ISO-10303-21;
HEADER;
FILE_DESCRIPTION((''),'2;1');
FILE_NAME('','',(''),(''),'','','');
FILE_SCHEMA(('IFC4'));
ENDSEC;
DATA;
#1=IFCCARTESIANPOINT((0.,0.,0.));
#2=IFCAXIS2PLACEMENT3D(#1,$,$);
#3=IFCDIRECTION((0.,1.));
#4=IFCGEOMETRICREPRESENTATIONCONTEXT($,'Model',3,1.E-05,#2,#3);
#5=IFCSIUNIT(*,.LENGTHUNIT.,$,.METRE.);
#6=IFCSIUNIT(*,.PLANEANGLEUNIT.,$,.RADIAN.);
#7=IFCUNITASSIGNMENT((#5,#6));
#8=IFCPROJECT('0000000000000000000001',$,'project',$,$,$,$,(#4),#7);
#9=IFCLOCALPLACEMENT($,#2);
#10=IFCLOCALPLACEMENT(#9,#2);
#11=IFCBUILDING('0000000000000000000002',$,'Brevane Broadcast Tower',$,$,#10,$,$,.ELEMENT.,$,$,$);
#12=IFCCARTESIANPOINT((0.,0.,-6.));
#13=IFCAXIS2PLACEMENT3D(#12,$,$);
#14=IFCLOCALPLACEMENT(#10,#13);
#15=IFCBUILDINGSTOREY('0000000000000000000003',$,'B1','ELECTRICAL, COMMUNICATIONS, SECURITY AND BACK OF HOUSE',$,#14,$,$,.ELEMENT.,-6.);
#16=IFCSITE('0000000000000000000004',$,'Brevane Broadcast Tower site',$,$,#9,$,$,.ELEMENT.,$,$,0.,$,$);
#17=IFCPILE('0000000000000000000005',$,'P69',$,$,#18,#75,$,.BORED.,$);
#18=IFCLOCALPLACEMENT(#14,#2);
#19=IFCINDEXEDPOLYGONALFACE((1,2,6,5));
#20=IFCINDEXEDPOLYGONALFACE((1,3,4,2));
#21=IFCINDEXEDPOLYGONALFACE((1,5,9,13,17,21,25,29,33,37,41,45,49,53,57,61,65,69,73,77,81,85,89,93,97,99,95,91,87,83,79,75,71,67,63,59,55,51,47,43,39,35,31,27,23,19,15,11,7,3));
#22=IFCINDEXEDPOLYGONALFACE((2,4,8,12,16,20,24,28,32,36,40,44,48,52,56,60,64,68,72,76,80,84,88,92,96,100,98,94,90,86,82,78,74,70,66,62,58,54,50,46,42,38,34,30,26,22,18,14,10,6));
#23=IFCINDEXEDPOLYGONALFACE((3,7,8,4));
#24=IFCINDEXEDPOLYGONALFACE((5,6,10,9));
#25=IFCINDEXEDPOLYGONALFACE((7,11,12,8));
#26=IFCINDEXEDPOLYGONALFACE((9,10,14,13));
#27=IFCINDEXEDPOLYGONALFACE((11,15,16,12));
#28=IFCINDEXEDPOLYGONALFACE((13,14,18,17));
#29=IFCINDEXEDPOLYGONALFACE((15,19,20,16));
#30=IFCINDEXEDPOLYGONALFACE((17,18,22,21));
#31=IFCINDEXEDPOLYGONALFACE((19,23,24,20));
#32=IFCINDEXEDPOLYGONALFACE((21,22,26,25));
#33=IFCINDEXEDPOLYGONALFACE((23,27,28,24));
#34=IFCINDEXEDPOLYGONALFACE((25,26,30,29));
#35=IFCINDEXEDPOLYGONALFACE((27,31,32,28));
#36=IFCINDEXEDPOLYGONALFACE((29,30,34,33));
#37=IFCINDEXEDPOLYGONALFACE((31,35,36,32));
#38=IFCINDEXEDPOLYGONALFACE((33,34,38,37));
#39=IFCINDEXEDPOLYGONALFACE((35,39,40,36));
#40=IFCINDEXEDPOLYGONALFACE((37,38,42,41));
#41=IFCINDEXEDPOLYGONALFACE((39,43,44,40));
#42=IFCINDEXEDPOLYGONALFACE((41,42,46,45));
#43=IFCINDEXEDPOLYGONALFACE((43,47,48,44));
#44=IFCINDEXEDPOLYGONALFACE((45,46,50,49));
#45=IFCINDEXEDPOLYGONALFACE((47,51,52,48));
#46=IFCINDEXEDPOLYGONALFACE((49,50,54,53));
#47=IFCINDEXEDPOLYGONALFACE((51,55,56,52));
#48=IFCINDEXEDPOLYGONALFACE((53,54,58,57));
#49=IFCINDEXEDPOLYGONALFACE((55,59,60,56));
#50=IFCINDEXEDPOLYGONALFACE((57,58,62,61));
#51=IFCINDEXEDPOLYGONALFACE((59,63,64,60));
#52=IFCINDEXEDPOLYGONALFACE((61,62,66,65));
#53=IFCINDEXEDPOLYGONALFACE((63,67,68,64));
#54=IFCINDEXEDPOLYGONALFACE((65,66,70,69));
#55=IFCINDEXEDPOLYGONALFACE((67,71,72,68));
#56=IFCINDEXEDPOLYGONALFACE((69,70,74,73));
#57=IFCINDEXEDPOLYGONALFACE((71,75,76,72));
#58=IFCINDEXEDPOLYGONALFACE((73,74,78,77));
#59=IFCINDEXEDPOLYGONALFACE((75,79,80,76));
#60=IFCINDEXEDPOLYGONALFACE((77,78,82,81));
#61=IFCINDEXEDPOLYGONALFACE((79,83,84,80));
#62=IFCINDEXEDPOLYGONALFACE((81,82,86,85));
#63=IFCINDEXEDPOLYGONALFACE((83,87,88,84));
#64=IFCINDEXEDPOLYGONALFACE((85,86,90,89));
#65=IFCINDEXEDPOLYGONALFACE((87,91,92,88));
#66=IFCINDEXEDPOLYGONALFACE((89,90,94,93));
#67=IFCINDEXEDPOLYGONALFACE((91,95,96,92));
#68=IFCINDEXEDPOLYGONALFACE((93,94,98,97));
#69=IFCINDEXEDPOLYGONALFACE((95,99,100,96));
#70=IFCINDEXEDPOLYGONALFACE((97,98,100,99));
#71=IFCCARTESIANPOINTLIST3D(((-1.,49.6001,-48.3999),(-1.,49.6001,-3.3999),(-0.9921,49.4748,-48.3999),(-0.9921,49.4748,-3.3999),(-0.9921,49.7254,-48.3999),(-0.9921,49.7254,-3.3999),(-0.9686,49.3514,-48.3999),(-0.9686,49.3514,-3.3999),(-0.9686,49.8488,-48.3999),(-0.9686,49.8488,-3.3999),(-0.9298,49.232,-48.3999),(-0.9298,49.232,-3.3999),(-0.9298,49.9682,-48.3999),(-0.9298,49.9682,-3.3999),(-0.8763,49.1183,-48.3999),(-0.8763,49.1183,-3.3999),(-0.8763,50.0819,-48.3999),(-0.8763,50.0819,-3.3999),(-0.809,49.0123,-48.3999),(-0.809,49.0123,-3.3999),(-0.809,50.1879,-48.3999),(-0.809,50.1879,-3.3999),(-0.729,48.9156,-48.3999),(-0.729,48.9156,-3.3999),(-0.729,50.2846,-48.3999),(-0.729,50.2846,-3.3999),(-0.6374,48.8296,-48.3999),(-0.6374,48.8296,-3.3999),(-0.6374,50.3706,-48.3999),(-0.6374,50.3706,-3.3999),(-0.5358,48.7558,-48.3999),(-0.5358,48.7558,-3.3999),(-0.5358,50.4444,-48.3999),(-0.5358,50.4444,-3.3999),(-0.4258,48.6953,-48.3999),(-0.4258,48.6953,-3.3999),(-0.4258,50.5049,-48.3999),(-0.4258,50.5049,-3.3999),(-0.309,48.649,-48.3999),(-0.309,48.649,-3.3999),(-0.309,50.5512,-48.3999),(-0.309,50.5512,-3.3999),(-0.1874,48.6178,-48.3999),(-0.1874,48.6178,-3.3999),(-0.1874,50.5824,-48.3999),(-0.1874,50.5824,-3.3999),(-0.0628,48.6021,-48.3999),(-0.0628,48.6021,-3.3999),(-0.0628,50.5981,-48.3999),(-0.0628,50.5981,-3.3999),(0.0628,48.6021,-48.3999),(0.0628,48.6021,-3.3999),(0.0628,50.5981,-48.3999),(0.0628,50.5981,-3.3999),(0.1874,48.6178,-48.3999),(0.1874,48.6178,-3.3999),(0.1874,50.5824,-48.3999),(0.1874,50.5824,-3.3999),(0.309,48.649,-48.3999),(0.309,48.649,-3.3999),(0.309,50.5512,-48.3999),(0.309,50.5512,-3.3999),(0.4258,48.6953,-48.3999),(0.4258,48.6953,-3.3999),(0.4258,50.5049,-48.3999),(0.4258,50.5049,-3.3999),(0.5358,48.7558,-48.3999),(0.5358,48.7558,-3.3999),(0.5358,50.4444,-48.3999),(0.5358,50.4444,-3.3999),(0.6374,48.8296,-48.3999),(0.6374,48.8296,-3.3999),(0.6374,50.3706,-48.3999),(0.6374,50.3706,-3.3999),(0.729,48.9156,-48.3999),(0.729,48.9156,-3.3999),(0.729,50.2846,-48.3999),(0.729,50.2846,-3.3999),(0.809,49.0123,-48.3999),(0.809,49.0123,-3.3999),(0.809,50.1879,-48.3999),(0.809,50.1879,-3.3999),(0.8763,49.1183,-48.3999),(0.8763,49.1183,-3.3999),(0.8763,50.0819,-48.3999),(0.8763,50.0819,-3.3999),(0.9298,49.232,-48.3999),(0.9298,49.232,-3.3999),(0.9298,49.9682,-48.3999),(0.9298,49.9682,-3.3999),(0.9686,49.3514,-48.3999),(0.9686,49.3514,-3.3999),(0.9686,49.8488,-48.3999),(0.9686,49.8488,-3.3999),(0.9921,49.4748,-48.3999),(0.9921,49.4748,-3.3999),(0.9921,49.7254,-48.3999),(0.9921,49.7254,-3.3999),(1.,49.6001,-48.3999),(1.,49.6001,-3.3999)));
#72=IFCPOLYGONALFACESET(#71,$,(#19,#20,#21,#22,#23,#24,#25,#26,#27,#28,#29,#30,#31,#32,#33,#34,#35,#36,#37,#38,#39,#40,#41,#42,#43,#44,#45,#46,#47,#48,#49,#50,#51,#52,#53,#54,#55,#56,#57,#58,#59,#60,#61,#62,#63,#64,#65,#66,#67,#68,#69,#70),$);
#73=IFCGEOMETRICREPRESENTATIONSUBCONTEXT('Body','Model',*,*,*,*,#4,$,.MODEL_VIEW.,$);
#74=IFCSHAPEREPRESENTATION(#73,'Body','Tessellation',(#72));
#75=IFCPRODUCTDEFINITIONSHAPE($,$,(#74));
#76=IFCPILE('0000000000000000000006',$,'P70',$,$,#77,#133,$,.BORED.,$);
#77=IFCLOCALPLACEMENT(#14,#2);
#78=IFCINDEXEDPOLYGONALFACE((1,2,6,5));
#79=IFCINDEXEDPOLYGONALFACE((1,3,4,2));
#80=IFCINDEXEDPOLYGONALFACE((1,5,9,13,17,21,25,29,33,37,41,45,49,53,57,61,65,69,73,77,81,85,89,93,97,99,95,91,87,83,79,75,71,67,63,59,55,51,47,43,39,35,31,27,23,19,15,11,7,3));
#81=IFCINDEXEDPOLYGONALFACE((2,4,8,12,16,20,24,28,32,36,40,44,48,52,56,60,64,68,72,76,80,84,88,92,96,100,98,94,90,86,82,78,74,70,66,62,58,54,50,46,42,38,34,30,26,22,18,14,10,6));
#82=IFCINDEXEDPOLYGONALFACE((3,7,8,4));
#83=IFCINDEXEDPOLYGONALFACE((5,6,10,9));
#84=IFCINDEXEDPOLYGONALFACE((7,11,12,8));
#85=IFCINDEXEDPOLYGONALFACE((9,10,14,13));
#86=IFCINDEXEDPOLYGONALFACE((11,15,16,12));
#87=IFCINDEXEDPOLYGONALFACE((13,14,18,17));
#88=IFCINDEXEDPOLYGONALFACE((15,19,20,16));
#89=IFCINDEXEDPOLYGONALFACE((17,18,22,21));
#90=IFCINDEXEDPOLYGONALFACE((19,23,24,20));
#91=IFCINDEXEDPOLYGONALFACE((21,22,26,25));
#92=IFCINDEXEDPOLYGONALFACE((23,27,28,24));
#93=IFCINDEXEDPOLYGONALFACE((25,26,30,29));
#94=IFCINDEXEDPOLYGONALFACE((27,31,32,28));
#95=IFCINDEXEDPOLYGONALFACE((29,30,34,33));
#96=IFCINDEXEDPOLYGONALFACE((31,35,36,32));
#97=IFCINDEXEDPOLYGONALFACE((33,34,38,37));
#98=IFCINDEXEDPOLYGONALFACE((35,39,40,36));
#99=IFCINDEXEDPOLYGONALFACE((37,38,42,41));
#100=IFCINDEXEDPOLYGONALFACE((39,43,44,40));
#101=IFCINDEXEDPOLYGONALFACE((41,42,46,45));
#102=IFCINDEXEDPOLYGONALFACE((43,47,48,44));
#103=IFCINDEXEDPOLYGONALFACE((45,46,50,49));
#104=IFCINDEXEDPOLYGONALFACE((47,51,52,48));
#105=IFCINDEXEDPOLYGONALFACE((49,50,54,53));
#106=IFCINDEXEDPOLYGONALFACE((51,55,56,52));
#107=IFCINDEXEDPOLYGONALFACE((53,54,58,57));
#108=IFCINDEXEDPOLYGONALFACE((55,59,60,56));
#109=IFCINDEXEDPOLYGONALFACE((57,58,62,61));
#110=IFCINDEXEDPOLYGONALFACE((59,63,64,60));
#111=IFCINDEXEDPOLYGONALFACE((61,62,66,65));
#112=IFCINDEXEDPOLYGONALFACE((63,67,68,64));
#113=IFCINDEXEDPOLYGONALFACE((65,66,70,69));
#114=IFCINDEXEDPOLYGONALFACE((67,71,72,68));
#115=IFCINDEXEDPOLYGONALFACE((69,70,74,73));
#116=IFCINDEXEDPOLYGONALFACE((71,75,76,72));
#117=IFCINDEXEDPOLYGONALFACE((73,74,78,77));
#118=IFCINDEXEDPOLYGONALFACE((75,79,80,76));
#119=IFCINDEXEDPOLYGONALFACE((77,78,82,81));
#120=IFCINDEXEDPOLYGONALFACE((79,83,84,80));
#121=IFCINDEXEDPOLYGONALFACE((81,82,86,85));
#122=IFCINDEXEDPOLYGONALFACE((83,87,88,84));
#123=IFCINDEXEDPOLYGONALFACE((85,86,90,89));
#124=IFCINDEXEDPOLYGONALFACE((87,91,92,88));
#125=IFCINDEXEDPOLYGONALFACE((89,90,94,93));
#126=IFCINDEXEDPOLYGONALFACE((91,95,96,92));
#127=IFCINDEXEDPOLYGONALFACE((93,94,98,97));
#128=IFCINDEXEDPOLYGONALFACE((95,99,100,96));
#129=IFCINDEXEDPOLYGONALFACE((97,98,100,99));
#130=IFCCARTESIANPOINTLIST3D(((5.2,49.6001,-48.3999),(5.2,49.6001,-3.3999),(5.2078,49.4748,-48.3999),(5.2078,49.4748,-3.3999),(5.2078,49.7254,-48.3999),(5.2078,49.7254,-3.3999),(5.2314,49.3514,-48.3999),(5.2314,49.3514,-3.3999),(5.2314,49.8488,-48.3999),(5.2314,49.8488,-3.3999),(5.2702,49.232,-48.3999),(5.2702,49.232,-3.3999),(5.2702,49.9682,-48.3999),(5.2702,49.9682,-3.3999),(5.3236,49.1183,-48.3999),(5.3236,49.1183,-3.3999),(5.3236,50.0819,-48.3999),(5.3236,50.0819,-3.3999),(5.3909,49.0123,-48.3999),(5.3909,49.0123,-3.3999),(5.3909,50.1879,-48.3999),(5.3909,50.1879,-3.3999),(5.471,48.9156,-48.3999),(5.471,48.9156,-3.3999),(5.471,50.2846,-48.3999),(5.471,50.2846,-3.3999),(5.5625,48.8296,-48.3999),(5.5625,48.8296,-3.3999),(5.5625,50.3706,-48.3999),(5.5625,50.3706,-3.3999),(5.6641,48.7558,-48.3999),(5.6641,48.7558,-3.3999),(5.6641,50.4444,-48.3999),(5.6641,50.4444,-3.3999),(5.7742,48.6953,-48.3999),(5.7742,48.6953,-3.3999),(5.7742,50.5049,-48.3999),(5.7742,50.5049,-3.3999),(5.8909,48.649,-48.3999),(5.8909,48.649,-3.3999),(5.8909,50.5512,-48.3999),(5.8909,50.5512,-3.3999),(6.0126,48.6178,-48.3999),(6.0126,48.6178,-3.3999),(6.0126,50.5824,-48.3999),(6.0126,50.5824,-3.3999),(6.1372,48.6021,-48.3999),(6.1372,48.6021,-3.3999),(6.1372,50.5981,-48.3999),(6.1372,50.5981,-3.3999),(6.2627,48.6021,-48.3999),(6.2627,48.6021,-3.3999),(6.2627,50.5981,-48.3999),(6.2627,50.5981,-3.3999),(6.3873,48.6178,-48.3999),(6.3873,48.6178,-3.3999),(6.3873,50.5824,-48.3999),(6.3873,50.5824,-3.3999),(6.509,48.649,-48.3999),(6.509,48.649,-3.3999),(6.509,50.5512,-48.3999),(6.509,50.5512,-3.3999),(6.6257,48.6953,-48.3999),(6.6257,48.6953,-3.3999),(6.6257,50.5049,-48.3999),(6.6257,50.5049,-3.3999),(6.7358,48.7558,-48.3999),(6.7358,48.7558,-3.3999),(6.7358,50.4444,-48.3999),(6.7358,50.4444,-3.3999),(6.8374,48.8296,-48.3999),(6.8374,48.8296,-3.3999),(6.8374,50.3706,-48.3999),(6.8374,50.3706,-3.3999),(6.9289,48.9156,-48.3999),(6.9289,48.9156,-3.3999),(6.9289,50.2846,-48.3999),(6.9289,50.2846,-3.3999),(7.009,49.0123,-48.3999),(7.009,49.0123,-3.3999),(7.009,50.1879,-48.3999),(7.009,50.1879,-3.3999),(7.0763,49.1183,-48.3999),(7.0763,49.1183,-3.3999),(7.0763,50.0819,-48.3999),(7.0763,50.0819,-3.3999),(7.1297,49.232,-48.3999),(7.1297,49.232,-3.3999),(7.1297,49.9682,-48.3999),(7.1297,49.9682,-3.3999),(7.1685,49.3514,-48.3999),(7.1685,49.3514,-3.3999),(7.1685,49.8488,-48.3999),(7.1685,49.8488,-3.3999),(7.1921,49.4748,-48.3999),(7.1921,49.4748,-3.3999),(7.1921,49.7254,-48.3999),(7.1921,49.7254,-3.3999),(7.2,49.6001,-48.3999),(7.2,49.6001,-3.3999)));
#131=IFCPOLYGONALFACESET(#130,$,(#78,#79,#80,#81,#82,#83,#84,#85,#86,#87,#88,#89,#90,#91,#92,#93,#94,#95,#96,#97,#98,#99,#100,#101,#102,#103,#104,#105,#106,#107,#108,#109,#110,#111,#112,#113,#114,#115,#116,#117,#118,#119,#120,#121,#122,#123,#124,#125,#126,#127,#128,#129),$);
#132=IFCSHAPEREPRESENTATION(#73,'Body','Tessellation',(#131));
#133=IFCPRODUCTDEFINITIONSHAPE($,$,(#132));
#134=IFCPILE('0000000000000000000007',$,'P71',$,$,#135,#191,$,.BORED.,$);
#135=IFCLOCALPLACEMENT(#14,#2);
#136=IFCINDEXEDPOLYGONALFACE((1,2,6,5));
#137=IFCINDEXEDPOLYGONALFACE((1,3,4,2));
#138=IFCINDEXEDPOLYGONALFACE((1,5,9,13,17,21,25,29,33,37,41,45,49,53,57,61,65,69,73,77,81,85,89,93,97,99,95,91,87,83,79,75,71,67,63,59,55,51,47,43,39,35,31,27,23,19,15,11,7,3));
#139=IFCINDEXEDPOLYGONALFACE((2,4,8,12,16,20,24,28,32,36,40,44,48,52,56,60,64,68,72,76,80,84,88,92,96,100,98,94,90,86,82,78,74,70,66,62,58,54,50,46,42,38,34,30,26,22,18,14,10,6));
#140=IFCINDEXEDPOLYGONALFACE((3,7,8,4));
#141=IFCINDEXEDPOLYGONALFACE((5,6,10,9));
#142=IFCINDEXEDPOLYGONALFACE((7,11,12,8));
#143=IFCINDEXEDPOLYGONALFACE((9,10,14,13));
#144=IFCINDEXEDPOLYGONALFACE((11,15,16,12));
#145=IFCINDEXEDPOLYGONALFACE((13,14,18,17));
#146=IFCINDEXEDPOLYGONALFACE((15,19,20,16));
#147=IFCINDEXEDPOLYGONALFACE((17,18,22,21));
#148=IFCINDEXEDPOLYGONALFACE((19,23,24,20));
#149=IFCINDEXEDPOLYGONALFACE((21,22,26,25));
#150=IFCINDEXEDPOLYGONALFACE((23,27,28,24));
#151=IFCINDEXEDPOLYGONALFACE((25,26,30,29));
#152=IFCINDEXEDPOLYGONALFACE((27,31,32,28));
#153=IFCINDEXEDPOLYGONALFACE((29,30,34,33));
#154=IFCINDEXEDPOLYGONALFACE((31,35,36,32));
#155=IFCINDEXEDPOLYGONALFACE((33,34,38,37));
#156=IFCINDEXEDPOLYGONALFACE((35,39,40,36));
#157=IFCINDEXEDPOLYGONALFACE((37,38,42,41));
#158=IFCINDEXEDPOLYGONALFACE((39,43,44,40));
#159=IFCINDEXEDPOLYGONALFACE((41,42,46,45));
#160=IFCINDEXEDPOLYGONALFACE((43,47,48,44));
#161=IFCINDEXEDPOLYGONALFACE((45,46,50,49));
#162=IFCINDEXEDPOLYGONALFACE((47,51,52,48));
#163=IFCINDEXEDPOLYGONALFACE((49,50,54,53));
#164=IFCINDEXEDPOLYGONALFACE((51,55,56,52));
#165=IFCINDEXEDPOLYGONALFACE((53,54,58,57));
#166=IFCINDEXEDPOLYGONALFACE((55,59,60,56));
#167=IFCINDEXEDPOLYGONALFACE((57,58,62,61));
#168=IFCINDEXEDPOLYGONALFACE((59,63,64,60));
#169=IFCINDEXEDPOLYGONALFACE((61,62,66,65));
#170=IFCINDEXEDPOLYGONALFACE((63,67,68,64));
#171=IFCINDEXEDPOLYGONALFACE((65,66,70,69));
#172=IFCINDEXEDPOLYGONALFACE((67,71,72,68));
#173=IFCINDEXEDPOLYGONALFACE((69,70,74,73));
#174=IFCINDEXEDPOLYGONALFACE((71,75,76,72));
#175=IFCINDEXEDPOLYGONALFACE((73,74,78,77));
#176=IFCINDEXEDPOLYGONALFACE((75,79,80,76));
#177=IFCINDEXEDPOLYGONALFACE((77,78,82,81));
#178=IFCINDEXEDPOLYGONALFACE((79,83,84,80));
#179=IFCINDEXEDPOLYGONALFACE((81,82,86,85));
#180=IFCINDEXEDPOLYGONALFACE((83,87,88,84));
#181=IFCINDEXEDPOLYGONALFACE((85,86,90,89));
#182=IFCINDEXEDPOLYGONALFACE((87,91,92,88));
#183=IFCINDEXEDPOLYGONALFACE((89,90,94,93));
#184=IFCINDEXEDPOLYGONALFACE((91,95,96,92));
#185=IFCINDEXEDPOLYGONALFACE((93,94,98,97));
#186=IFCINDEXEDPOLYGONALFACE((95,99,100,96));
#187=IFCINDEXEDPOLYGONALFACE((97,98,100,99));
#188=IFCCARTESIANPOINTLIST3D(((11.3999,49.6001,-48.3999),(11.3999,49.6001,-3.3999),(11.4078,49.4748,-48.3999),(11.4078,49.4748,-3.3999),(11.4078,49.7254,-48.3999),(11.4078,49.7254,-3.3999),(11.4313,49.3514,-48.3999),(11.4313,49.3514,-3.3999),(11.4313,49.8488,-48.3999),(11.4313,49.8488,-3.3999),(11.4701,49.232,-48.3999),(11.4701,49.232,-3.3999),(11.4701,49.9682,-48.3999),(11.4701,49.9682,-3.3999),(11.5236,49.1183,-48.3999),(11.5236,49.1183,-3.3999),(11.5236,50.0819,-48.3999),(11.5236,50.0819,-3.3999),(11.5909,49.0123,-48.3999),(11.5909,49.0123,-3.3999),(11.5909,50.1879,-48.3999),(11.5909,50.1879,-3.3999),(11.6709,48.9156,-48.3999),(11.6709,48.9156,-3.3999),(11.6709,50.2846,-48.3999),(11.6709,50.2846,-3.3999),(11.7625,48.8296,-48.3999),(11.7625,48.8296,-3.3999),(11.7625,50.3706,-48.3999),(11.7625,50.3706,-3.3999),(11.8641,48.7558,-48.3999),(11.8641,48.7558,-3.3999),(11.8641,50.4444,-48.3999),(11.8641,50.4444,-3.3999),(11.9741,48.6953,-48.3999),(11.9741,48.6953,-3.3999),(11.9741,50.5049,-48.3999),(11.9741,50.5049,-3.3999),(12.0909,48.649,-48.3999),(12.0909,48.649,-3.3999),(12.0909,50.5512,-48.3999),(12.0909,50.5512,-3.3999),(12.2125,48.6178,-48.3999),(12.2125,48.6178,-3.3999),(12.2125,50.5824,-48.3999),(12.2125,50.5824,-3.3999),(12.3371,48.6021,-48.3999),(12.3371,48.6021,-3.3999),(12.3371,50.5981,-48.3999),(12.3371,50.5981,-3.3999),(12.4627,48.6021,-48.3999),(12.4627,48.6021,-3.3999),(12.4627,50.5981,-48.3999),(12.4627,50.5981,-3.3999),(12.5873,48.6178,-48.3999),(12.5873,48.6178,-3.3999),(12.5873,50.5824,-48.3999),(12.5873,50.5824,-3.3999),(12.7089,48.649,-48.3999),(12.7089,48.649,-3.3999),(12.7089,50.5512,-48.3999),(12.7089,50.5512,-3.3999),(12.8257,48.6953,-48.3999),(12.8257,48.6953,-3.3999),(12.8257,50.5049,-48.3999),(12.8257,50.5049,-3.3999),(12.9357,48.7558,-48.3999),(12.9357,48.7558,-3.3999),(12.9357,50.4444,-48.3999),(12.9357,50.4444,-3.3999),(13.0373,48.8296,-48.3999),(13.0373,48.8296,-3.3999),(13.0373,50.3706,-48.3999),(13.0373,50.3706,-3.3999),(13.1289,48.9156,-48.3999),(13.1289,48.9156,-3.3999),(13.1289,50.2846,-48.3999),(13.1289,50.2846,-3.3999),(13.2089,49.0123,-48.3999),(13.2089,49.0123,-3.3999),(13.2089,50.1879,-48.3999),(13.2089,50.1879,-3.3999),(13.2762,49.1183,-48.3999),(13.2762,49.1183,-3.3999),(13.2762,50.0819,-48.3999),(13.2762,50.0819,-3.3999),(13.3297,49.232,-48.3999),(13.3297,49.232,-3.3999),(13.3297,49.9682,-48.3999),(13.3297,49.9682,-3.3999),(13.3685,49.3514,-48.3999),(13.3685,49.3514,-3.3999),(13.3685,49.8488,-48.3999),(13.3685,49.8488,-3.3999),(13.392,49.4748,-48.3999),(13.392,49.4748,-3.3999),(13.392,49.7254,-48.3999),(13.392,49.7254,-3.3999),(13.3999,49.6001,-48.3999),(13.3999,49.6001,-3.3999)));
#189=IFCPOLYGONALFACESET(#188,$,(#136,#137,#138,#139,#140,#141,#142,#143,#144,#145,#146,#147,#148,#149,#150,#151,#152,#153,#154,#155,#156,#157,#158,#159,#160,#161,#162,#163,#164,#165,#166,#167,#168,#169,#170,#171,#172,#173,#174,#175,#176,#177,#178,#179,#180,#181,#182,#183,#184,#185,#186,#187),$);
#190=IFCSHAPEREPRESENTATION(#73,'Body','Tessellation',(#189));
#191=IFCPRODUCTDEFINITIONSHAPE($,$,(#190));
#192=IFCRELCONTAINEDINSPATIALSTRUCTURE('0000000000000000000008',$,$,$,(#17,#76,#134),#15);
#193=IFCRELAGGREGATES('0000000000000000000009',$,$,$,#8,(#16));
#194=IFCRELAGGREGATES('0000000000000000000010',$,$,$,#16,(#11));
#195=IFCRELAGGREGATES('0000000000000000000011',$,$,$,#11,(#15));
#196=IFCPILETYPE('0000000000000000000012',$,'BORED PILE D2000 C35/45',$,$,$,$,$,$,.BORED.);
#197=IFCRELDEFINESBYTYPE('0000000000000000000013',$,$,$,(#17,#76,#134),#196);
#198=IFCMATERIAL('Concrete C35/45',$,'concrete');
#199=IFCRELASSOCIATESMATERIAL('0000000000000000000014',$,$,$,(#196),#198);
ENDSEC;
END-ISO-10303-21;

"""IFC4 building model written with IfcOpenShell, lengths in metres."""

from ifc_helpers import new_model, si_unit, direction, frame, origin, origin_2d, place, context, subcontext, project, spatial, circle, extrude, material, material_profile, profile_set, type_object, element, save


model = new_model("IFC4")

# Units and contexts
model_context = context("Model", 3, precision=1e-05, world=origin(), true_north=direction((0.0, 1.0)))
body_context = subcontext(model_context, "Body", "Model", "MODEL_VIEW")
ifc_project = project(units=[si_unit("LENGTHUNIT", "METRE"), si_unit("PLANEANGLEUNIT", "RADIAN")], contexts=[model_context])

# Site, building, storey
site_placement = place(None, origin())
site = spatial("IfcSite", under=ifc_project, at=site_placement, Name="Brevane Broadcast Tower site", CompositionType="ELEMENT", RefElevation=0.0)
building_placement = place(site_placement, origin())
building = spatial("IfcBuilding", under=site, at=building_placement, Name="Brevane Broadcast Tower", CompositionType="ELEMENT")
storey_placement = place(building_placement, frame((0.0, 0.0, -6.0)))
storey = spatial("IfcBuildingStorey", under=building, at=storey_placement, Name="B1", Description="ELECTRICAL, COMMUNICATIONS, SECURITY AND BACK OF HOUSE", CompositionType="ELEMENT", Elevation=-6.0)

# Piles
ifc_material_1 = material(Name="Concrete C35/45", Category="concrete")
ifc_material_profile_1 = material_profile(ifc_material_1, circle(Radius=1.0, at=origin_2d()), Name="RC D2000")
ifc_profile_set_1 = profile_set([ifc_material_profile_1], Name="Concrete C35/45")
pile_type = type_object("IfcPileType", Name="BORED PILE D2000 C35/45", PredefinedType="BORED", material=ifc_profile_set_1)
for number, where, z_axis, x_axis, name in (
    (1, (0.0, 49.6001, -3.3999), (0.0, 0.0, -1.0), (1.0, 0.0, 0.0), "P69"),
    (2, (6.2, 49.6001, -3.3999), (0.0, 0.0, -1.0), (1.0, 0.0, 0.0), "P70"),
    (3, (12.3999, 49.6001, -3.3999), (0.0, 0.0, -1.0), (1.0, 0.0, 0.0), "P71"),
):
    element("IfcPile", number, at=place(storey_placement, frame(where, z_axis=z_axis, x_axis=x_axis)), inside=storey, type_object=pile_type, Name=name, PredefinedType="BORED", context=body_context, shape_type="SweptSolid", body=[
        extrude(circle(Radius=1.0, at=origin_2d()), origin(), (0.0, 0.0, 1.0), 45.0),
    ])

save(model, "model.ifc")
